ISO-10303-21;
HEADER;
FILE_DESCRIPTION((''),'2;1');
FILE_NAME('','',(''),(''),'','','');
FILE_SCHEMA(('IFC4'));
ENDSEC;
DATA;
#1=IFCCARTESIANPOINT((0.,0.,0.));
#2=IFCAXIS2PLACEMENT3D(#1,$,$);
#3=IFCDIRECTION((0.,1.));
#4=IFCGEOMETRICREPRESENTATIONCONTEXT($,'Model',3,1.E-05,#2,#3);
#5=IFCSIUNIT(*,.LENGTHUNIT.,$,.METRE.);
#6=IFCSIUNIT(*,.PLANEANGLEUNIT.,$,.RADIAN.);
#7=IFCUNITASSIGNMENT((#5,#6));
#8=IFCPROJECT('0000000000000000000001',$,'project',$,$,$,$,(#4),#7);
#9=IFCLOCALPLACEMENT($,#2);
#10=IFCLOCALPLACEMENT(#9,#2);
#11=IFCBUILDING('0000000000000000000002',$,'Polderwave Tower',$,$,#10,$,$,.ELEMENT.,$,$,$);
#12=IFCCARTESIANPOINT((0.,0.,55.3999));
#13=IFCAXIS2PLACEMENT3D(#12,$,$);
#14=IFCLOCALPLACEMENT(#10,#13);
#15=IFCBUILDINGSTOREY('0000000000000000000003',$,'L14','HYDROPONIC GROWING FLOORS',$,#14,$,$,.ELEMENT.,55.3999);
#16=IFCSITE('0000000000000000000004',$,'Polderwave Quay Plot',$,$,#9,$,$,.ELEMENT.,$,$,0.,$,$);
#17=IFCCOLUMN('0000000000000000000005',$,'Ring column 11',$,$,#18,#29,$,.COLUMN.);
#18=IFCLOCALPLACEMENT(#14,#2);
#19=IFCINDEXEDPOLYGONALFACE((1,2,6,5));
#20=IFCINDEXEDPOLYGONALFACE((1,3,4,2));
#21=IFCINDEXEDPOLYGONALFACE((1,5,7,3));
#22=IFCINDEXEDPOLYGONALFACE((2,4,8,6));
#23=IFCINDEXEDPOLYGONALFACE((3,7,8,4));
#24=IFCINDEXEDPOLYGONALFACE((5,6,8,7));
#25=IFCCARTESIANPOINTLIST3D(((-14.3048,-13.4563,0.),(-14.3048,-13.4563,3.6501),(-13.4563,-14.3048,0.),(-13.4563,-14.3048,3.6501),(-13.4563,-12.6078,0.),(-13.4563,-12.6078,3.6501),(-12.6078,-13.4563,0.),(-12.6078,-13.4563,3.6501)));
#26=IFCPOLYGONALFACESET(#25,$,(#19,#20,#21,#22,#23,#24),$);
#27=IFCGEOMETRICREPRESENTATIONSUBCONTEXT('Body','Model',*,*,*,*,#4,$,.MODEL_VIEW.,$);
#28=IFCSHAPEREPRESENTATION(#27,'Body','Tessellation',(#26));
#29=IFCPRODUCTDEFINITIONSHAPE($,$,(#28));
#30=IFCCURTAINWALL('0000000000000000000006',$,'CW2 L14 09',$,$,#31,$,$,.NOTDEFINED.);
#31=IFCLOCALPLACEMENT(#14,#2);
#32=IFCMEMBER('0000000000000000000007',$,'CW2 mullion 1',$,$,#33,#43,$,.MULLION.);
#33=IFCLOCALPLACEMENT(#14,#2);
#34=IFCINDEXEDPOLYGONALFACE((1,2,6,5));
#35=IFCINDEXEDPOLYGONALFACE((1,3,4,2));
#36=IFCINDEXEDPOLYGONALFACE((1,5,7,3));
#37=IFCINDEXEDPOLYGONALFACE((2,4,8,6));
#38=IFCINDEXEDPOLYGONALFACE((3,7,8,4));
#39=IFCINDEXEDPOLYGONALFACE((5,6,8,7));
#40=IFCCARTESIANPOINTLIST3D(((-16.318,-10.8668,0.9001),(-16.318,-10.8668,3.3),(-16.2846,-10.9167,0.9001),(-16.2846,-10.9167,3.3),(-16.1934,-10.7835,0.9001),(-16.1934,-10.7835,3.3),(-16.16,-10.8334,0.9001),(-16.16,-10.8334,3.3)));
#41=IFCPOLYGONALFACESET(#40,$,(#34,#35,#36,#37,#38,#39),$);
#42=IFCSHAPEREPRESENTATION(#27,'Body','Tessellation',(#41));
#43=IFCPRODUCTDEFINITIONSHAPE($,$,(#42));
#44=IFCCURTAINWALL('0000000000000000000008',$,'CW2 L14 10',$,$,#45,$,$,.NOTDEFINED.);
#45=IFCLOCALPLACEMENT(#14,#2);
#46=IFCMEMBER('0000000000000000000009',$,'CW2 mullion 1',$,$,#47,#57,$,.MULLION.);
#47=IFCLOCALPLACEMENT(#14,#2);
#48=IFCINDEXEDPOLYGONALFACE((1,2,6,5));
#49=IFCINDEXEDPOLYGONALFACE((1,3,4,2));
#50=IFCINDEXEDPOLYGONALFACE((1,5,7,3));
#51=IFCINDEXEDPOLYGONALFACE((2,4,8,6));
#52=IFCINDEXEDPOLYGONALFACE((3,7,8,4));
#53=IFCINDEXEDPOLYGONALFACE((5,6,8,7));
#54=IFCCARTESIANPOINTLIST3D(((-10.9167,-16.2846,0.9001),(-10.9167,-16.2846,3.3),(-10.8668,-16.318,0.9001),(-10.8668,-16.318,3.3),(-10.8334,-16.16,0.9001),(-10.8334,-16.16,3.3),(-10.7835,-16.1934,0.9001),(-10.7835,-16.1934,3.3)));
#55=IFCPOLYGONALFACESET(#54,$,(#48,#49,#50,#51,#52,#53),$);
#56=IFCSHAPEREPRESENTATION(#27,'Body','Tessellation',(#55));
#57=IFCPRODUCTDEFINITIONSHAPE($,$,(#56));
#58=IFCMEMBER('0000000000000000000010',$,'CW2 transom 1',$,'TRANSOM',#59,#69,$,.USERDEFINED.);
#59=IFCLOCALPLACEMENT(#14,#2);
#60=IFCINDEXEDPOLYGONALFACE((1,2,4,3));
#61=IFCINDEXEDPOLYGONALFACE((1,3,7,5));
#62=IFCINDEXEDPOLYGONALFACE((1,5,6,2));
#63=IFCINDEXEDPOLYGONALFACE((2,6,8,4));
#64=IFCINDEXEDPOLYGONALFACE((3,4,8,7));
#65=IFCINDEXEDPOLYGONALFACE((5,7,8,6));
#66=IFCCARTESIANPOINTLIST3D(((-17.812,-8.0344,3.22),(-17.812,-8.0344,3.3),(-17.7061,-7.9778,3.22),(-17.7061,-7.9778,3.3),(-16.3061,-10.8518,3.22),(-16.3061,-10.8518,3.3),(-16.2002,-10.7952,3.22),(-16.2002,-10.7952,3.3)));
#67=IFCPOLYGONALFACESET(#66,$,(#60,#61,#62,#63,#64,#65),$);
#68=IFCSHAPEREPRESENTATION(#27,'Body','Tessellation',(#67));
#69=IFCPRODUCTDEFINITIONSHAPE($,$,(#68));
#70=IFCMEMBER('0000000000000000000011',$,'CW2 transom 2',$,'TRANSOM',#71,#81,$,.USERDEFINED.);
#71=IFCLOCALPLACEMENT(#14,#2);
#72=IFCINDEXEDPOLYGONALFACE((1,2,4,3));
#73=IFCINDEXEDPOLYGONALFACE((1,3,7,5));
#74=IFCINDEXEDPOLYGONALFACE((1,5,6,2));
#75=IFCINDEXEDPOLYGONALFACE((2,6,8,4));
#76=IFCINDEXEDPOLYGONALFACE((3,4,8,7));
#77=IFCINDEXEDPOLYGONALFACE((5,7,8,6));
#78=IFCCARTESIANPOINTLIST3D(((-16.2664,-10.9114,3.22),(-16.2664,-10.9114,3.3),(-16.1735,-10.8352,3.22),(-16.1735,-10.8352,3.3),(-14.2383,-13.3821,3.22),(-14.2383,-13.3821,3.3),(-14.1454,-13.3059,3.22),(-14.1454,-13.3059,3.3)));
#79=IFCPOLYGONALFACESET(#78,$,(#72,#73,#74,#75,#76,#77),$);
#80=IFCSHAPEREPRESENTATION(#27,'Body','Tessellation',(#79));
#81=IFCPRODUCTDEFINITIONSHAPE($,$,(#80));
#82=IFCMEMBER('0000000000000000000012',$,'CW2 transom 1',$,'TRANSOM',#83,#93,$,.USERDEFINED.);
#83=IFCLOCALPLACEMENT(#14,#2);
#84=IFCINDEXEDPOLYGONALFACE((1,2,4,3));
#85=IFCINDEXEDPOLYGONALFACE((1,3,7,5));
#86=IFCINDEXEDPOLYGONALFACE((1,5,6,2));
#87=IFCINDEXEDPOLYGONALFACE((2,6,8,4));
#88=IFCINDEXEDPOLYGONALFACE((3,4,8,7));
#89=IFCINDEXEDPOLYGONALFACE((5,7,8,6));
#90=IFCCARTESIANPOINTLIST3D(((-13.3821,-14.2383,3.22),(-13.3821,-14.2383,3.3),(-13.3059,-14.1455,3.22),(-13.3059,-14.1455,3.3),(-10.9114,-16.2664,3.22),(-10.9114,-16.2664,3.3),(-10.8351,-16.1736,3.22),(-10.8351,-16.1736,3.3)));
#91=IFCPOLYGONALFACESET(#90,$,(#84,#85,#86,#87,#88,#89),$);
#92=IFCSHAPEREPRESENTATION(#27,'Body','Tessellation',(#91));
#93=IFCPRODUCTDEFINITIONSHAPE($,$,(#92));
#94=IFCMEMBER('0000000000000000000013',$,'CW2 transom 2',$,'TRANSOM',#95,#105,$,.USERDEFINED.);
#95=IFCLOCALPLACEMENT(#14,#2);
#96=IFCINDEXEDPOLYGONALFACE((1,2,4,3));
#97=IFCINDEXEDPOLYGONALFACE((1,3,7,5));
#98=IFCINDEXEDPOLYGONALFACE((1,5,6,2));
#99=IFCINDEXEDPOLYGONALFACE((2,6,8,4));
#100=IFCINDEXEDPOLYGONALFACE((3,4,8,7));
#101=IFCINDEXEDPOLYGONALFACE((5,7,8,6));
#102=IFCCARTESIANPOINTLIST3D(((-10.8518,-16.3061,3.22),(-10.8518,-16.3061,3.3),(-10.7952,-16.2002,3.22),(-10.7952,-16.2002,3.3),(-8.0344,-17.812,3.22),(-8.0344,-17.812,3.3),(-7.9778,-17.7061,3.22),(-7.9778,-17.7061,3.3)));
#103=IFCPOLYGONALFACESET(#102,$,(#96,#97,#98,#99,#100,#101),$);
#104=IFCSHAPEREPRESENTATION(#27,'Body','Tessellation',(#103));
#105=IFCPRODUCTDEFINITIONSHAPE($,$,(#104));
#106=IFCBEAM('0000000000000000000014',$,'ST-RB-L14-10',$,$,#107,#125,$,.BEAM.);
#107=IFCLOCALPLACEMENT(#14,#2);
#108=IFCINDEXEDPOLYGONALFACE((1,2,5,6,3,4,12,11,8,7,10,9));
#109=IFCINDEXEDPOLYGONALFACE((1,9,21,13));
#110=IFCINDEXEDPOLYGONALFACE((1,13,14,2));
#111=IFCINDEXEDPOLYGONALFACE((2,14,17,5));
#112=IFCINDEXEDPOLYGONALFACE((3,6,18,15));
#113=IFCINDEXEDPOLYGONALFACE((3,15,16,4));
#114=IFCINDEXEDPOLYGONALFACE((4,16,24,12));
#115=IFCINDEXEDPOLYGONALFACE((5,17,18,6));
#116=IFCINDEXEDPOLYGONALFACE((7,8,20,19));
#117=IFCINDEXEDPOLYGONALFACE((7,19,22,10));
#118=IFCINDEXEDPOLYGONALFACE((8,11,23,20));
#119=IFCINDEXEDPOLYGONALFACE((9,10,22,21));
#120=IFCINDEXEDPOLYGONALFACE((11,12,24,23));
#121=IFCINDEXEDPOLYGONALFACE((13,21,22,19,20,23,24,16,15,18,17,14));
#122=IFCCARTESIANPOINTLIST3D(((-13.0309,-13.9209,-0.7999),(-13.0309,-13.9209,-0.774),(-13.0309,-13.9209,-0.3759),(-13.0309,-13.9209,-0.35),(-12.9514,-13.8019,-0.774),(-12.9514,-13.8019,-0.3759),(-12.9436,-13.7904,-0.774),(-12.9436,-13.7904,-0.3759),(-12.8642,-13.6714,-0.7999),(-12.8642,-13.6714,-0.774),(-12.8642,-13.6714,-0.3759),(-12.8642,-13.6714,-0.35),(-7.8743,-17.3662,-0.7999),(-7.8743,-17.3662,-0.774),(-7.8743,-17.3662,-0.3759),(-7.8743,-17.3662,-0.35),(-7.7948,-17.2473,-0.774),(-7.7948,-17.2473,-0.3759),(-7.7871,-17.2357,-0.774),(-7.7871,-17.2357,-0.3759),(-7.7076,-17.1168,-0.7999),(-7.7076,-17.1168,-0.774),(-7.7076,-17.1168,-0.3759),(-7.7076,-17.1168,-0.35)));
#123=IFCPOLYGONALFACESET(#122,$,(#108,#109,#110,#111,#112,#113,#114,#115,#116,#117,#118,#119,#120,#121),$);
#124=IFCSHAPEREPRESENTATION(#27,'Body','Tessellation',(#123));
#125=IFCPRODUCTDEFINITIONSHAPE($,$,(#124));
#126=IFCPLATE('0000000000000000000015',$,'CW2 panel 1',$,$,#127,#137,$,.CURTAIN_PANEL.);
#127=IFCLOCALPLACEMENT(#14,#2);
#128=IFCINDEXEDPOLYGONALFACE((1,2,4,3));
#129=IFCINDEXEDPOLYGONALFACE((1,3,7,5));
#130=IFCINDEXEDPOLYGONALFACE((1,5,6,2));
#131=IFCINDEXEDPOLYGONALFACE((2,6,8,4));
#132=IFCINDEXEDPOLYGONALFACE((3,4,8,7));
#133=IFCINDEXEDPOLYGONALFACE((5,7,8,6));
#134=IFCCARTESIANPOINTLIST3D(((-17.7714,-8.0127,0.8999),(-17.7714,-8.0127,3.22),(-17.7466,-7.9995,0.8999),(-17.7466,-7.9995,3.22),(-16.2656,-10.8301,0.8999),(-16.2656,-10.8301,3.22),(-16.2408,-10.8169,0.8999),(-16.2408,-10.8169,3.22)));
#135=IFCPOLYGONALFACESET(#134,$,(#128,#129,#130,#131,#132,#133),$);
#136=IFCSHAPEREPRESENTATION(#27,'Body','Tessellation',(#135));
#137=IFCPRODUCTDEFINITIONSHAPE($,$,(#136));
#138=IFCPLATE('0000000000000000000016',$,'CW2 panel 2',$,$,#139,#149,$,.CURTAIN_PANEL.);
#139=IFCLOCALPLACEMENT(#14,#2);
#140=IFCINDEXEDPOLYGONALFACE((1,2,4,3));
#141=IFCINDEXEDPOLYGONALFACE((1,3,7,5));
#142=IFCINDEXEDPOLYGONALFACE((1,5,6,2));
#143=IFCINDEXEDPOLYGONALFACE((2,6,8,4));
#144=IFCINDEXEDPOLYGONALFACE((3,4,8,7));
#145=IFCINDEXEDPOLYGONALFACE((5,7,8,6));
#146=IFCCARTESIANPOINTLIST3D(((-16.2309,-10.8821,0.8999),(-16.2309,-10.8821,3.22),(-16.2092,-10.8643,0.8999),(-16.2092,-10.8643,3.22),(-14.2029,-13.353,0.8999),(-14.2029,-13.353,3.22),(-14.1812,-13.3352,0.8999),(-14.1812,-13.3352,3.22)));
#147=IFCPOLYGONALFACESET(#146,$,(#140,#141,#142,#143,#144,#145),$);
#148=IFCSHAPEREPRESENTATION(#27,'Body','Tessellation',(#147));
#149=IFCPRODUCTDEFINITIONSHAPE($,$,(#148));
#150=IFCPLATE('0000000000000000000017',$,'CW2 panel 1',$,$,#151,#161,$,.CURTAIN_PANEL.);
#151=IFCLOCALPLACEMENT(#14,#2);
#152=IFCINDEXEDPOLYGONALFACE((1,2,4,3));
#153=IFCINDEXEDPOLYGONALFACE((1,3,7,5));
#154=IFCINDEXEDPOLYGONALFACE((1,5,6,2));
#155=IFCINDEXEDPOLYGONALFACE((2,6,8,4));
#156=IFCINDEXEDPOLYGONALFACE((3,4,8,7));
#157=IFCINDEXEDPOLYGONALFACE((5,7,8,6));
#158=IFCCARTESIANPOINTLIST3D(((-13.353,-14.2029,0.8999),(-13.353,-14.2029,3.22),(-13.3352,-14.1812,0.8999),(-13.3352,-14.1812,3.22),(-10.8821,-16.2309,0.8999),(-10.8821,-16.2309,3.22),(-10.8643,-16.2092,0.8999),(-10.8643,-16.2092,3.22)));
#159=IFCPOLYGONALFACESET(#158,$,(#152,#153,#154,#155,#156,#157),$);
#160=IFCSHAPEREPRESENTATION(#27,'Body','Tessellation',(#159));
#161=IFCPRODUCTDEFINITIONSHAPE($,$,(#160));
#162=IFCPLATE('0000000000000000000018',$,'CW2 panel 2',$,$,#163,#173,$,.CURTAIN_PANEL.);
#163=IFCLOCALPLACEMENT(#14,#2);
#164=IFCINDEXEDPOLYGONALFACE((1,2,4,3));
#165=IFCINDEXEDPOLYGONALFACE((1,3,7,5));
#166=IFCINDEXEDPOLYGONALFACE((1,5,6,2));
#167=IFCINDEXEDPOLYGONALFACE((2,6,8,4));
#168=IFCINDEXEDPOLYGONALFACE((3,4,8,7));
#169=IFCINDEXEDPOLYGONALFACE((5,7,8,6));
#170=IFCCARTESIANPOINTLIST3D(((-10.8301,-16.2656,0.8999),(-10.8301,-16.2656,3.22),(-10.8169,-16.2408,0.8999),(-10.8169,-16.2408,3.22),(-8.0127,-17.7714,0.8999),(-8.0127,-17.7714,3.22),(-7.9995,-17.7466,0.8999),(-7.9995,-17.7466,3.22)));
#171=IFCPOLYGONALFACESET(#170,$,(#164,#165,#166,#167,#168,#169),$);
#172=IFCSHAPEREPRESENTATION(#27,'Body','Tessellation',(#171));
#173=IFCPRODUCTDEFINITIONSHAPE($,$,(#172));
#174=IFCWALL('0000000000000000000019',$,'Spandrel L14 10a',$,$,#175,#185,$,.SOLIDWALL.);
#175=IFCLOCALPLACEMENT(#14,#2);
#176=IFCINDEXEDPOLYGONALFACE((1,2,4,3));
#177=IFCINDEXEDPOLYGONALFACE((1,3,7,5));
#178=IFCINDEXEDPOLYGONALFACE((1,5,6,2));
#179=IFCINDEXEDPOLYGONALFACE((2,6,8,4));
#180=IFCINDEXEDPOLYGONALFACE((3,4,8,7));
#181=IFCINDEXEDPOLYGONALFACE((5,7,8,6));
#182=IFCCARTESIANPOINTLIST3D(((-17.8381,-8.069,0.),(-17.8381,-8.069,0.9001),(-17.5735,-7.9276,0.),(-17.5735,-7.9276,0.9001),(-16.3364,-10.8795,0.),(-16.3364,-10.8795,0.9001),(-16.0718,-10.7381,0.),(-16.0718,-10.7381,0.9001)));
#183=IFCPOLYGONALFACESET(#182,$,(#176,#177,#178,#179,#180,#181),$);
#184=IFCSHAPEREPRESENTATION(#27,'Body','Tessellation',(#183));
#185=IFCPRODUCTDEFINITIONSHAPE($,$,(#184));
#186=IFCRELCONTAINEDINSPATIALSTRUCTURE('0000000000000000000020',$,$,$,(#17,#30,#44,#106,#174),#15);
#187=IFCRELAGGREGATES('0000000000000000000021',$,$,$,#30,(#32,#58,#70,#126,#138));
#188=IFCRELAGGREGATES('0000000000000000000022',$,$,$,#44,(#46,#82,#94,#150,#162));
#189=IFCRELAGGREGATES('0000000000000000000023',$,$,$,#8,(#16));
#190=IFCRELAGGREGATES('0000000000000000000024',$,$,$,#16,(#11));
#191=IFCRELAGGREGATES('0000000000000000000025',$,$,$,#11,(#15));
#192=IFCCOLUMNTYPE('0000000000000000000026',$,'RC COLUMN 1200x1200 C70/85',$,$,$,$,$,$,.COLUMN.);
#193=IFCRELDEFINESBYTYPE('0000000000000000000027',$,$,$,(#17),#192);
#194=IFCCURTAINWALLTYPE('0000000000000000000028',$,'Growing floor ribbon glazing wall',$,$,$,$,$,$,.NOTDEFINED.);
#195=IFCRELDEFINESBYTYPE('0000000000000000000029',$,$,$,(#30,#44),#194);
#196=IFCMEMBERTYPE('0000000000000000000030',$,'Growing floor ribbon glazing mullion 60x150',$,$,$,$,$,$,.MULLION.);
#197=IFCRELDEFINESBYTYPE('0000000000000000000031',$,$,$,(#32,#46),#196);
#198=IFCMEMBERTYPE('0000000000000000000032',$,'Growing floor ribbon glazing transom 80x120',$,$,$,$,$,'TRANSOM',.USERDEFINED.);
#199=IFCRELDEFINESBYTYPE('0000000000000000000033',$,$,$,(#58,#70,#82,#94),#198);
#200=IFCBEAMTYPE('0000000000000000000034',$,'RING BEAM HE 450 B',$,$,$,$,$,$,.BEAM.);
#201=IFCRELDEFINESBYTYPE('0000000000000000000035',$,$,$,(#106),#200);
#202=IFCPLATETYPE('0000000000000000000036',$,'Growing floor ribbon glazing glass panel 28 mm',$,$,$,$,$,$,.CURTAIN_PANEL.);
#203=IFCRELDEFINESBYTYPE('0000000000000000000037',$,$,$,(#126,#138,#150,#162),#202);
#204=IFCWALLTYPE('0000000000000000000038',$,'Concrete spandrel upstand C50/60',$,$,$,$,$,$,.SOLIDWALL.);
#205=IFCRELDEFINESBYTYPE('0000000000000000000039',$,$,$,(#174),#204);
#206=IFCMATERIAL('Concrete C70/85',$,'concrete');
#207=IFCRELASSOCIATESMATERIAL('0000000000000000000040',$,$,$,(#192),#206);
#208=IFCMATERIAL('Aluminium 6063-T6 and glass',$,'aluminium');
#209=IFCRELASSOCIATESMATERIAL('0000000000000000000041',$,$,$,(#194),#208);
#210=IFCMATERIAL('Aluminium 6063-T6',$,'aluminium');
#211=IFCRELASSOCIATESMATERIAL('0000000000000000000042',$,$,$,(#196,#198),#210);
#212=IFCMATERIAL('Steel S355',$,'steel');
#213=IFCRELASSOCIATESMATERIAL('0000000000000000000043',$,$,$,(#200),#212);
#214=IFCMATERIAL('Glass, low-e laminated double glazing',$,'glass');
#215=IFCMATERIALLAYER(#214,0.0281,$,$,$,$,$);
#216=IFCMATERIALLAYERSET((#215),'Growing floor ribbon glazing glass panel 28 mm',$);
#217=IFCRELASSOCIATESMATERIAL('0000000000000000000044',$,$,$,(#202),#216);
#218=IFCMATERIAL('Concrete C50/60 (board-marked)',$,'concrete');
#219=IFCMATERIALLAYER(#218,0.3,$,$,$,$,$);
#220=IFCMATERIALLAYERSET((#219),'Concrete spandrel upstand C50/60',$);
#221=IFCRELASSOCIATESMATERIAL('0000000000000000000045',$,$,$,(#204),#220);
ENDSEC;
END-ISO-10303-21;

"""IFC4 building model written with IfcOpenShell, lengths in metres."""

from ifc_helpers import new_model, si_unit, direction, frame, frame_2d, origin, origin_2d, place, context, subcontext, project, spatial, rectangle, i_section, extrude, material, layer, layer_set, material_profile, profile_set, type_object, element, aggregate, save


model = new_model("IFC4")

# Units and contexts
model_context = context("Model", 3, precision=1e-05, world=origin(), true_north=direction((0.0, 1.0)))
body_context = subcontext(model_context, "Body", "Model", "MODEL_VIEW")
ifc_project = project(units=[si_unit("LENGTHUNIT", "METRE"), si_unit("PLANEANGLEUNIT", "RADIAN")], contexts=[model_context])

# Site, building, storey
site_placement = place(None, origin())
site = spatial("IfcSite", under=ifc_project, at=site_placement, Name="Polderwave Quay Plot", CompositionType="ELEMENT", RefElevation=0.0)
building_placement = place(site_placement, origin())
building = spatial("IfcBuilding", under=site, at=building_placement, Name="Polderwave Tower", CompositionType="ELEMENT")
storey_placement = place(building_placement, frame((0.0, 0.0, 55.3999)))
storey = spatial("IfcBuildingStorey", under=building, at=storey_placement, Name="L14", Description="HYDROPONIC GROWING FLOORS", CompositionType="ELEMENT", Elevation=55.3999)

# Column
ifc_material_1 = material(Name="Concrete C70/85", Category="concrete")
ifc_material_profile_1 = material_profile(ifc_material_1, rectangle(XDim=1.2, YDim=1.2, at=origin_2d()), Name="RC 1200x1200")
ifc_profile_set_1 = profile_set([ifc_material_profile_1], Name="Concrete C70/85")
column_type = type_object("IfcColumnType", Name="RC COLUMN 1200x1200 C70/85", PredefinedType="COLUMN", material=ifc_profile_set_1)
column_placement = place(storey_placement, frame((-13.4563, -13.4563, 0.0), z_axis=(0.0, 0.0, 1.0), x_axis=(-0.707107, -0.707107, 0.0)))
element("IfcColumn", 1, at=column_placement, inside=storey, type_object=column_type, Name="Ring column 11", PredefinedType="COLUMN", context=body_context, shape_type="SweptSolid", body=[
    extrude(rectangle(XDim=1.2, YDim=1.2, at=origin_2d()), origin(), (0.0, 0.0, 1.0), 3.6501),
])

# Curtain walls, members
ifc_material_2 = material(Name="Aluminium 6063-T6 and glass", Category="aluminium")
curtain_wall_type = type_object("IfcCurtainWallType", Name="Growing floor ribbon glazing wall", PredefinedType="NOTDEFINED", material=ifc_material_2)
curtain_wall_1_placement = place(storey_placement, origin())
curtain_wall_1 = element("IfcCurtainWall", 2, at=curtain_wall_1_placement, inside=storey, type_object=curtain_wall_type, Name="CW2 L14 09", PredefinedType="NOTDEFINED")
ifc_material_3 = material(Name="Aluminium 6063-T6", Category="aluminium")
ifc_material_profile_2 = material_profile(ifc_material_3, rectangle(XDim=0.1499, YDim=0.0601, at=origin_2d()), Name="AL 60x150")
ifc_profile_set_2 = profile_set([ifc_material_profile_2], Name="Aluminium 6063-T6")
member_type_1 = type_object("IfcMemberType", Name="Growing floor ribbon glazing mullion 60x150", PredefinedType="MULLION", material=ifc_profile_set_2)
member_1_placement = place(storey_placement, frame((-16.239, -10.8501, 0.9001), z_axis=(0.0, 0.0, 1.0), x_axis=(0.831466, 0.555576, 0.0)))
member_1 = element("IfcMember", 3, at=member_1_placement, type_object=member_type_1, Name="CW2 mullion 1", PredefinedType="MULLION", context=body_context, shape_type="SweptSolid", body=[
    extrude(rectangle(XDim=0.1499, YDim=0.0601, at=origin_2d()), origin(), (0.0, 0.0, 1.0), 2.3999),
])
curtain_wall_2_placement = place(storey_placement, origin())
curtain_wall_2 = element("IfcCurtainWall", 4, at=curtain_wall_2_placement, inside=storey, type_object=curtain_wall_type, Name="CW2 L14 10", PredefinedType="NOTDEFINED")
member_2_placement = place(storey_placement, frame((-10.8501, -16.239, 0.9001), z_axis=(0.0, 0.0, 1.0), x_axis=(0.555576, 0.831466, 0.0)))
member_2 = element("IfcMember", 5, at=member_2_placement, type_object=member_type_1, Name="CW2 mullion 1", PredefinedType="MULLION", context=body_context, shape_type="SweptSolid", body=[
    extrude(rectangle(XDim=0.1499, YDim=0.0601, at=origin_2d()), origin(), (0.0, 0.0, 1.0), 2.3999),
])

# Members
ifc_material_profile_3 = material_profile(ifc_material_3, rectangle(XDim=0.1201, YDim=0.0801, at=origin_2d()), Name="AL 80x120")
ifc_profile_set_3 = profile_set([ifc_material_profile_3], Name="Aluminium 6063-T6")
member_type_2 = type_object("IfcMemberType", Name="Growing floor ribbon glazing transom 80x120", ElementType="TRANSOM", PredefinedType="USERDEFINED", material=ifc_profile_set_3)
member_3_placement = place(storey_placement, frame((-17.759, -8.0061, 3.26), z_axis=(0.471381, -0.881929, 0.0), x_axis=(0.881929, 0.471381, 0.0)))
member_3 = element("IfcMember", 6, at=member_3_placement, type_object=member_type_2, Name="CW2 transom 1", ObjectType="TRANSOM", PredefinedType="USERDEFINED", context=body_context, shape_type="SweptSolid", body=[
    extrude(rectangle(XDim=0.1201, YDim=0.0801, at=origin_2d()), origin(), (0.0, 0.0, 1.0), 3.1946),
])
member_4_placement = place(storey_placement, frame((-16.22, -10.8733, 3.26), z_axis=(0.634472, -0.772946, 0.0), x_axis=(0.772946, 0.634472, 0.0)))
member_4 = element("IfcMember", 7, at=member_4_placement, type_object=member_type_2, Name="CW2 transom 2", ObjectType="TRANSOM", PredefinedType="USERDEFINED", context=body_context, shape_type="SweptSolid", body=[
    extrude(rectangle(XDim=0.1201, YDim=0.0801, at=origin_2d()), origin(), (0.0, 0.0, 1.0), 3.1965),
])
member_5_placement = place(storey_placement, frame((-13.344, -14.1919, 3.26), z_axis=(0.772946, -0.634472, 0.0), x_axis=(0.634472, 0.772946, 0.0)))
member_5 = element("IfcMember", 8, at=member_5_placement, type_object=member_type_2, Name="CW2 transom 1", ObjectType="TRANSOM", PredefinedType="USERDEFINED", context=body_context, shape_type="SweptSolid", body=[
    extrude(rectangle(XDim=0.1201, YDim=0.0801, at=origin_2d()), origin(), (0.0, 0.0, 1.0), 3.1965),
])
member_6_placement = place(storey_placement, frame((-10.8235, -16.2532, 3.26), z_axis=(0.881929, -0.471381, 0.0), x_axis=(0.471381, 0.881929, 0.0)))
member_6 = element("IfcMember", 9, at=member_6_placement, type_object=member_type_2, Name="CW2 transom 2", ObjectType="TRANSOM", PredefinedType="USERDEFINED", context=body_context, shape_type="SweptSolid", body=[
    extrude(rectangle(XDim=0.1201, YDim=0.0801, at=origin_2d()), origin(), (0.0, 0.0, 1.0), 3.1946),
])

# Beam
ifc_material_4 = material(Name="Steel S355", Category="steel")
ifc_material_profile_4 = material_profile(ifc_material_4, i_section(OverallWidth=0.3, OverallDepth=0.45, WebThickness=0.0139, FlangeThickness=0.0259, at=origin_2d()), Name="HE 450 B")
ifc_profile_set_4 = profile_set([ifc_material_profile_4], Name="Steel S355")
beam_type = type_object("IfcBeamType", Name="RING BEAM HE 450 B", PredefinedType="BEAM", material=ifc_profile_set_4)
beam_placement = place(storey_placement, frame((-12.9475, -13.7961, -0.575), z_axis=(0.831481, -0.555554, 0.0), x_axis=(0.555554, 0.831481, 0.0)))
element("IfcBeam", 10, at=beam_placement, inside=storey, type_object=beam_type, Name="ST-RB-L14-10", PredefinedType="BEAM", context=body_context, shape_type="SweptSolid", body=[
    extrude(i_section(OverallWidth=0.3, OverallDepth=0.45, WebThickness=0.0139, FlangeThickness=0.0259, at=origin_2d()), origin(), (0.0, 0.0, 1.0), 6.2017),
])

# Plates
ifc_material_5 = material(Name="Glass, low-e laminated double glazing", Category="glass")
ifc_layer_1 = layer(ifc_material_5, 0.0281)
ifc_layer_set_1 = layer_set([ifc_layer_1], Name="Growing floor ribbon glazing glass panel 28 mm")
plate_type = type_object("IfcPlateType", Name="Growing floor ribbon glazing glass panel 28 mm", PredefinedType="CURTAIN_PANEL", material=ifc_layer_set_1)
plate_1_placement = place(storey_placement, frame((-17.0061, -9.4148, 0.8999), z_axis=(0.0, 0.0, 1.0), x_axis=(0.471361, -0.88194, 0.0)))
plate_1 = element("IfcPlate", 11, at=plate_1_placement, type_object=plate_type, Name="CW2 panel 1", PredefinedType="CURTAIN_PANEL", context=body_context, shape_type="SweptSolid", body=[
    extrude(rectangle(XDim=3.1946, YDim=0.0281, at=origin_2d()), origin(), (0.0, 0.0, 1.0), 2.3201),
])
plate_2_placement = place(storey_placement, frame((-15.2061, -12.1086, 0.8999), z_axis=(0.0, 0.0, 1.0), x_axis=(0.634435, -0.772976, 0.0)))
plate_2 = element("IfcPlate", 12, at=plate_2_placement, type_object=plate_type, Name="CW2 panel 2", PredefinedType="CURTAIN_PANEL", context=body_context, shape_type="SweptSolid", body=[
    extrude(rectangle(XDim=3.1965, YDim=0.0281, at=origin_2d()), origin(), (0.0, 0.0, 1.0), 2.3201),
])
aggregate(curtain_wall_1, [member_1, member_3, member_4, plate_1, plate_2])
plate_3_placement = place(storey_placement, frame((-12.1086, -15.2061, 0.8999), z_axis=(0.0, 0.0, 1.0), x_axis=(0.772976, -0.634435, 0.0)))
plate_3 = element("IfcPlate", 13, at=plate_3_placement, type_object=plate_type, Name="CW2 panel 1", PredefinedType="CURTAIN_PANEL", context=body_context, shape_type="SweptSolid", body=[
    extrude(rectangle(XDim=3.1965, YDim=0.0281, at=origin_2d()), origin(), (0.0, 0.0, 1.0), 2.3201),
])
plate_4_placement = place(storey_placement, frame((-9.4148, -17.0061, 0.8999), z_axis=(0.0, 0.0, 1.0), x_axis=(0.88194, -0.471361, 0.0)))
plate_4 = element("IfcPlate", 14, at=plate_4_placement, type_object=plate_type, Name="CW2 panel 2", PredefinedType="CURTAIN_PANEL", context=body_context, shape_type="SweptSolid", body=[
    extrude(rectangle(XDim=3.1946, YDim=0.0281, at=origin_2d()), origin(), (0.0, 0.0, 1.0), 2.3201),
])
aggregate(curtain_wall_2, [member_2, member_5, member_6, plate_3, plate_4])

# Wall
ifc_material_6 = material(Name="Concrete C50/60 (board-marked)", Category="concrete")
ifc_layer_2 = layer(ifc_material_6, 0.3)
ifc_layer_set_2 = layer_set([ifc_layer_2], Name="Concrete spandrel upstand C50/60")
wall_type_1 = type_object("IfcWallType", Name="Concrete spandrel upstand C50/60", PredefinedType="SOLIDWALL", material=ifc_layer_set_2)
wall_1_placement = place(storey_placement, frame((-17.7058, -7.9983, 0.0), z_axis=(0.0, 0.0, 1.0), x_axis=(0.47126, -0.881994, 0.0)))
element("IfcWall", 15, at=wall_1_placement, inside=storey, type_object=wall_type_1, Name="Spandrel L14 10a", PredefinedType="SOLIDWALL", context=body_context, shape_type="SweptSolid", body=[
    extrude(rectangle(XDim=3.1865, YDim=0.3, at=frame_2d((1.5933, 0.0))), origin(), (0.0, 0.0, 1.0), 0.9001),
])

save(model, "model.ifc")
